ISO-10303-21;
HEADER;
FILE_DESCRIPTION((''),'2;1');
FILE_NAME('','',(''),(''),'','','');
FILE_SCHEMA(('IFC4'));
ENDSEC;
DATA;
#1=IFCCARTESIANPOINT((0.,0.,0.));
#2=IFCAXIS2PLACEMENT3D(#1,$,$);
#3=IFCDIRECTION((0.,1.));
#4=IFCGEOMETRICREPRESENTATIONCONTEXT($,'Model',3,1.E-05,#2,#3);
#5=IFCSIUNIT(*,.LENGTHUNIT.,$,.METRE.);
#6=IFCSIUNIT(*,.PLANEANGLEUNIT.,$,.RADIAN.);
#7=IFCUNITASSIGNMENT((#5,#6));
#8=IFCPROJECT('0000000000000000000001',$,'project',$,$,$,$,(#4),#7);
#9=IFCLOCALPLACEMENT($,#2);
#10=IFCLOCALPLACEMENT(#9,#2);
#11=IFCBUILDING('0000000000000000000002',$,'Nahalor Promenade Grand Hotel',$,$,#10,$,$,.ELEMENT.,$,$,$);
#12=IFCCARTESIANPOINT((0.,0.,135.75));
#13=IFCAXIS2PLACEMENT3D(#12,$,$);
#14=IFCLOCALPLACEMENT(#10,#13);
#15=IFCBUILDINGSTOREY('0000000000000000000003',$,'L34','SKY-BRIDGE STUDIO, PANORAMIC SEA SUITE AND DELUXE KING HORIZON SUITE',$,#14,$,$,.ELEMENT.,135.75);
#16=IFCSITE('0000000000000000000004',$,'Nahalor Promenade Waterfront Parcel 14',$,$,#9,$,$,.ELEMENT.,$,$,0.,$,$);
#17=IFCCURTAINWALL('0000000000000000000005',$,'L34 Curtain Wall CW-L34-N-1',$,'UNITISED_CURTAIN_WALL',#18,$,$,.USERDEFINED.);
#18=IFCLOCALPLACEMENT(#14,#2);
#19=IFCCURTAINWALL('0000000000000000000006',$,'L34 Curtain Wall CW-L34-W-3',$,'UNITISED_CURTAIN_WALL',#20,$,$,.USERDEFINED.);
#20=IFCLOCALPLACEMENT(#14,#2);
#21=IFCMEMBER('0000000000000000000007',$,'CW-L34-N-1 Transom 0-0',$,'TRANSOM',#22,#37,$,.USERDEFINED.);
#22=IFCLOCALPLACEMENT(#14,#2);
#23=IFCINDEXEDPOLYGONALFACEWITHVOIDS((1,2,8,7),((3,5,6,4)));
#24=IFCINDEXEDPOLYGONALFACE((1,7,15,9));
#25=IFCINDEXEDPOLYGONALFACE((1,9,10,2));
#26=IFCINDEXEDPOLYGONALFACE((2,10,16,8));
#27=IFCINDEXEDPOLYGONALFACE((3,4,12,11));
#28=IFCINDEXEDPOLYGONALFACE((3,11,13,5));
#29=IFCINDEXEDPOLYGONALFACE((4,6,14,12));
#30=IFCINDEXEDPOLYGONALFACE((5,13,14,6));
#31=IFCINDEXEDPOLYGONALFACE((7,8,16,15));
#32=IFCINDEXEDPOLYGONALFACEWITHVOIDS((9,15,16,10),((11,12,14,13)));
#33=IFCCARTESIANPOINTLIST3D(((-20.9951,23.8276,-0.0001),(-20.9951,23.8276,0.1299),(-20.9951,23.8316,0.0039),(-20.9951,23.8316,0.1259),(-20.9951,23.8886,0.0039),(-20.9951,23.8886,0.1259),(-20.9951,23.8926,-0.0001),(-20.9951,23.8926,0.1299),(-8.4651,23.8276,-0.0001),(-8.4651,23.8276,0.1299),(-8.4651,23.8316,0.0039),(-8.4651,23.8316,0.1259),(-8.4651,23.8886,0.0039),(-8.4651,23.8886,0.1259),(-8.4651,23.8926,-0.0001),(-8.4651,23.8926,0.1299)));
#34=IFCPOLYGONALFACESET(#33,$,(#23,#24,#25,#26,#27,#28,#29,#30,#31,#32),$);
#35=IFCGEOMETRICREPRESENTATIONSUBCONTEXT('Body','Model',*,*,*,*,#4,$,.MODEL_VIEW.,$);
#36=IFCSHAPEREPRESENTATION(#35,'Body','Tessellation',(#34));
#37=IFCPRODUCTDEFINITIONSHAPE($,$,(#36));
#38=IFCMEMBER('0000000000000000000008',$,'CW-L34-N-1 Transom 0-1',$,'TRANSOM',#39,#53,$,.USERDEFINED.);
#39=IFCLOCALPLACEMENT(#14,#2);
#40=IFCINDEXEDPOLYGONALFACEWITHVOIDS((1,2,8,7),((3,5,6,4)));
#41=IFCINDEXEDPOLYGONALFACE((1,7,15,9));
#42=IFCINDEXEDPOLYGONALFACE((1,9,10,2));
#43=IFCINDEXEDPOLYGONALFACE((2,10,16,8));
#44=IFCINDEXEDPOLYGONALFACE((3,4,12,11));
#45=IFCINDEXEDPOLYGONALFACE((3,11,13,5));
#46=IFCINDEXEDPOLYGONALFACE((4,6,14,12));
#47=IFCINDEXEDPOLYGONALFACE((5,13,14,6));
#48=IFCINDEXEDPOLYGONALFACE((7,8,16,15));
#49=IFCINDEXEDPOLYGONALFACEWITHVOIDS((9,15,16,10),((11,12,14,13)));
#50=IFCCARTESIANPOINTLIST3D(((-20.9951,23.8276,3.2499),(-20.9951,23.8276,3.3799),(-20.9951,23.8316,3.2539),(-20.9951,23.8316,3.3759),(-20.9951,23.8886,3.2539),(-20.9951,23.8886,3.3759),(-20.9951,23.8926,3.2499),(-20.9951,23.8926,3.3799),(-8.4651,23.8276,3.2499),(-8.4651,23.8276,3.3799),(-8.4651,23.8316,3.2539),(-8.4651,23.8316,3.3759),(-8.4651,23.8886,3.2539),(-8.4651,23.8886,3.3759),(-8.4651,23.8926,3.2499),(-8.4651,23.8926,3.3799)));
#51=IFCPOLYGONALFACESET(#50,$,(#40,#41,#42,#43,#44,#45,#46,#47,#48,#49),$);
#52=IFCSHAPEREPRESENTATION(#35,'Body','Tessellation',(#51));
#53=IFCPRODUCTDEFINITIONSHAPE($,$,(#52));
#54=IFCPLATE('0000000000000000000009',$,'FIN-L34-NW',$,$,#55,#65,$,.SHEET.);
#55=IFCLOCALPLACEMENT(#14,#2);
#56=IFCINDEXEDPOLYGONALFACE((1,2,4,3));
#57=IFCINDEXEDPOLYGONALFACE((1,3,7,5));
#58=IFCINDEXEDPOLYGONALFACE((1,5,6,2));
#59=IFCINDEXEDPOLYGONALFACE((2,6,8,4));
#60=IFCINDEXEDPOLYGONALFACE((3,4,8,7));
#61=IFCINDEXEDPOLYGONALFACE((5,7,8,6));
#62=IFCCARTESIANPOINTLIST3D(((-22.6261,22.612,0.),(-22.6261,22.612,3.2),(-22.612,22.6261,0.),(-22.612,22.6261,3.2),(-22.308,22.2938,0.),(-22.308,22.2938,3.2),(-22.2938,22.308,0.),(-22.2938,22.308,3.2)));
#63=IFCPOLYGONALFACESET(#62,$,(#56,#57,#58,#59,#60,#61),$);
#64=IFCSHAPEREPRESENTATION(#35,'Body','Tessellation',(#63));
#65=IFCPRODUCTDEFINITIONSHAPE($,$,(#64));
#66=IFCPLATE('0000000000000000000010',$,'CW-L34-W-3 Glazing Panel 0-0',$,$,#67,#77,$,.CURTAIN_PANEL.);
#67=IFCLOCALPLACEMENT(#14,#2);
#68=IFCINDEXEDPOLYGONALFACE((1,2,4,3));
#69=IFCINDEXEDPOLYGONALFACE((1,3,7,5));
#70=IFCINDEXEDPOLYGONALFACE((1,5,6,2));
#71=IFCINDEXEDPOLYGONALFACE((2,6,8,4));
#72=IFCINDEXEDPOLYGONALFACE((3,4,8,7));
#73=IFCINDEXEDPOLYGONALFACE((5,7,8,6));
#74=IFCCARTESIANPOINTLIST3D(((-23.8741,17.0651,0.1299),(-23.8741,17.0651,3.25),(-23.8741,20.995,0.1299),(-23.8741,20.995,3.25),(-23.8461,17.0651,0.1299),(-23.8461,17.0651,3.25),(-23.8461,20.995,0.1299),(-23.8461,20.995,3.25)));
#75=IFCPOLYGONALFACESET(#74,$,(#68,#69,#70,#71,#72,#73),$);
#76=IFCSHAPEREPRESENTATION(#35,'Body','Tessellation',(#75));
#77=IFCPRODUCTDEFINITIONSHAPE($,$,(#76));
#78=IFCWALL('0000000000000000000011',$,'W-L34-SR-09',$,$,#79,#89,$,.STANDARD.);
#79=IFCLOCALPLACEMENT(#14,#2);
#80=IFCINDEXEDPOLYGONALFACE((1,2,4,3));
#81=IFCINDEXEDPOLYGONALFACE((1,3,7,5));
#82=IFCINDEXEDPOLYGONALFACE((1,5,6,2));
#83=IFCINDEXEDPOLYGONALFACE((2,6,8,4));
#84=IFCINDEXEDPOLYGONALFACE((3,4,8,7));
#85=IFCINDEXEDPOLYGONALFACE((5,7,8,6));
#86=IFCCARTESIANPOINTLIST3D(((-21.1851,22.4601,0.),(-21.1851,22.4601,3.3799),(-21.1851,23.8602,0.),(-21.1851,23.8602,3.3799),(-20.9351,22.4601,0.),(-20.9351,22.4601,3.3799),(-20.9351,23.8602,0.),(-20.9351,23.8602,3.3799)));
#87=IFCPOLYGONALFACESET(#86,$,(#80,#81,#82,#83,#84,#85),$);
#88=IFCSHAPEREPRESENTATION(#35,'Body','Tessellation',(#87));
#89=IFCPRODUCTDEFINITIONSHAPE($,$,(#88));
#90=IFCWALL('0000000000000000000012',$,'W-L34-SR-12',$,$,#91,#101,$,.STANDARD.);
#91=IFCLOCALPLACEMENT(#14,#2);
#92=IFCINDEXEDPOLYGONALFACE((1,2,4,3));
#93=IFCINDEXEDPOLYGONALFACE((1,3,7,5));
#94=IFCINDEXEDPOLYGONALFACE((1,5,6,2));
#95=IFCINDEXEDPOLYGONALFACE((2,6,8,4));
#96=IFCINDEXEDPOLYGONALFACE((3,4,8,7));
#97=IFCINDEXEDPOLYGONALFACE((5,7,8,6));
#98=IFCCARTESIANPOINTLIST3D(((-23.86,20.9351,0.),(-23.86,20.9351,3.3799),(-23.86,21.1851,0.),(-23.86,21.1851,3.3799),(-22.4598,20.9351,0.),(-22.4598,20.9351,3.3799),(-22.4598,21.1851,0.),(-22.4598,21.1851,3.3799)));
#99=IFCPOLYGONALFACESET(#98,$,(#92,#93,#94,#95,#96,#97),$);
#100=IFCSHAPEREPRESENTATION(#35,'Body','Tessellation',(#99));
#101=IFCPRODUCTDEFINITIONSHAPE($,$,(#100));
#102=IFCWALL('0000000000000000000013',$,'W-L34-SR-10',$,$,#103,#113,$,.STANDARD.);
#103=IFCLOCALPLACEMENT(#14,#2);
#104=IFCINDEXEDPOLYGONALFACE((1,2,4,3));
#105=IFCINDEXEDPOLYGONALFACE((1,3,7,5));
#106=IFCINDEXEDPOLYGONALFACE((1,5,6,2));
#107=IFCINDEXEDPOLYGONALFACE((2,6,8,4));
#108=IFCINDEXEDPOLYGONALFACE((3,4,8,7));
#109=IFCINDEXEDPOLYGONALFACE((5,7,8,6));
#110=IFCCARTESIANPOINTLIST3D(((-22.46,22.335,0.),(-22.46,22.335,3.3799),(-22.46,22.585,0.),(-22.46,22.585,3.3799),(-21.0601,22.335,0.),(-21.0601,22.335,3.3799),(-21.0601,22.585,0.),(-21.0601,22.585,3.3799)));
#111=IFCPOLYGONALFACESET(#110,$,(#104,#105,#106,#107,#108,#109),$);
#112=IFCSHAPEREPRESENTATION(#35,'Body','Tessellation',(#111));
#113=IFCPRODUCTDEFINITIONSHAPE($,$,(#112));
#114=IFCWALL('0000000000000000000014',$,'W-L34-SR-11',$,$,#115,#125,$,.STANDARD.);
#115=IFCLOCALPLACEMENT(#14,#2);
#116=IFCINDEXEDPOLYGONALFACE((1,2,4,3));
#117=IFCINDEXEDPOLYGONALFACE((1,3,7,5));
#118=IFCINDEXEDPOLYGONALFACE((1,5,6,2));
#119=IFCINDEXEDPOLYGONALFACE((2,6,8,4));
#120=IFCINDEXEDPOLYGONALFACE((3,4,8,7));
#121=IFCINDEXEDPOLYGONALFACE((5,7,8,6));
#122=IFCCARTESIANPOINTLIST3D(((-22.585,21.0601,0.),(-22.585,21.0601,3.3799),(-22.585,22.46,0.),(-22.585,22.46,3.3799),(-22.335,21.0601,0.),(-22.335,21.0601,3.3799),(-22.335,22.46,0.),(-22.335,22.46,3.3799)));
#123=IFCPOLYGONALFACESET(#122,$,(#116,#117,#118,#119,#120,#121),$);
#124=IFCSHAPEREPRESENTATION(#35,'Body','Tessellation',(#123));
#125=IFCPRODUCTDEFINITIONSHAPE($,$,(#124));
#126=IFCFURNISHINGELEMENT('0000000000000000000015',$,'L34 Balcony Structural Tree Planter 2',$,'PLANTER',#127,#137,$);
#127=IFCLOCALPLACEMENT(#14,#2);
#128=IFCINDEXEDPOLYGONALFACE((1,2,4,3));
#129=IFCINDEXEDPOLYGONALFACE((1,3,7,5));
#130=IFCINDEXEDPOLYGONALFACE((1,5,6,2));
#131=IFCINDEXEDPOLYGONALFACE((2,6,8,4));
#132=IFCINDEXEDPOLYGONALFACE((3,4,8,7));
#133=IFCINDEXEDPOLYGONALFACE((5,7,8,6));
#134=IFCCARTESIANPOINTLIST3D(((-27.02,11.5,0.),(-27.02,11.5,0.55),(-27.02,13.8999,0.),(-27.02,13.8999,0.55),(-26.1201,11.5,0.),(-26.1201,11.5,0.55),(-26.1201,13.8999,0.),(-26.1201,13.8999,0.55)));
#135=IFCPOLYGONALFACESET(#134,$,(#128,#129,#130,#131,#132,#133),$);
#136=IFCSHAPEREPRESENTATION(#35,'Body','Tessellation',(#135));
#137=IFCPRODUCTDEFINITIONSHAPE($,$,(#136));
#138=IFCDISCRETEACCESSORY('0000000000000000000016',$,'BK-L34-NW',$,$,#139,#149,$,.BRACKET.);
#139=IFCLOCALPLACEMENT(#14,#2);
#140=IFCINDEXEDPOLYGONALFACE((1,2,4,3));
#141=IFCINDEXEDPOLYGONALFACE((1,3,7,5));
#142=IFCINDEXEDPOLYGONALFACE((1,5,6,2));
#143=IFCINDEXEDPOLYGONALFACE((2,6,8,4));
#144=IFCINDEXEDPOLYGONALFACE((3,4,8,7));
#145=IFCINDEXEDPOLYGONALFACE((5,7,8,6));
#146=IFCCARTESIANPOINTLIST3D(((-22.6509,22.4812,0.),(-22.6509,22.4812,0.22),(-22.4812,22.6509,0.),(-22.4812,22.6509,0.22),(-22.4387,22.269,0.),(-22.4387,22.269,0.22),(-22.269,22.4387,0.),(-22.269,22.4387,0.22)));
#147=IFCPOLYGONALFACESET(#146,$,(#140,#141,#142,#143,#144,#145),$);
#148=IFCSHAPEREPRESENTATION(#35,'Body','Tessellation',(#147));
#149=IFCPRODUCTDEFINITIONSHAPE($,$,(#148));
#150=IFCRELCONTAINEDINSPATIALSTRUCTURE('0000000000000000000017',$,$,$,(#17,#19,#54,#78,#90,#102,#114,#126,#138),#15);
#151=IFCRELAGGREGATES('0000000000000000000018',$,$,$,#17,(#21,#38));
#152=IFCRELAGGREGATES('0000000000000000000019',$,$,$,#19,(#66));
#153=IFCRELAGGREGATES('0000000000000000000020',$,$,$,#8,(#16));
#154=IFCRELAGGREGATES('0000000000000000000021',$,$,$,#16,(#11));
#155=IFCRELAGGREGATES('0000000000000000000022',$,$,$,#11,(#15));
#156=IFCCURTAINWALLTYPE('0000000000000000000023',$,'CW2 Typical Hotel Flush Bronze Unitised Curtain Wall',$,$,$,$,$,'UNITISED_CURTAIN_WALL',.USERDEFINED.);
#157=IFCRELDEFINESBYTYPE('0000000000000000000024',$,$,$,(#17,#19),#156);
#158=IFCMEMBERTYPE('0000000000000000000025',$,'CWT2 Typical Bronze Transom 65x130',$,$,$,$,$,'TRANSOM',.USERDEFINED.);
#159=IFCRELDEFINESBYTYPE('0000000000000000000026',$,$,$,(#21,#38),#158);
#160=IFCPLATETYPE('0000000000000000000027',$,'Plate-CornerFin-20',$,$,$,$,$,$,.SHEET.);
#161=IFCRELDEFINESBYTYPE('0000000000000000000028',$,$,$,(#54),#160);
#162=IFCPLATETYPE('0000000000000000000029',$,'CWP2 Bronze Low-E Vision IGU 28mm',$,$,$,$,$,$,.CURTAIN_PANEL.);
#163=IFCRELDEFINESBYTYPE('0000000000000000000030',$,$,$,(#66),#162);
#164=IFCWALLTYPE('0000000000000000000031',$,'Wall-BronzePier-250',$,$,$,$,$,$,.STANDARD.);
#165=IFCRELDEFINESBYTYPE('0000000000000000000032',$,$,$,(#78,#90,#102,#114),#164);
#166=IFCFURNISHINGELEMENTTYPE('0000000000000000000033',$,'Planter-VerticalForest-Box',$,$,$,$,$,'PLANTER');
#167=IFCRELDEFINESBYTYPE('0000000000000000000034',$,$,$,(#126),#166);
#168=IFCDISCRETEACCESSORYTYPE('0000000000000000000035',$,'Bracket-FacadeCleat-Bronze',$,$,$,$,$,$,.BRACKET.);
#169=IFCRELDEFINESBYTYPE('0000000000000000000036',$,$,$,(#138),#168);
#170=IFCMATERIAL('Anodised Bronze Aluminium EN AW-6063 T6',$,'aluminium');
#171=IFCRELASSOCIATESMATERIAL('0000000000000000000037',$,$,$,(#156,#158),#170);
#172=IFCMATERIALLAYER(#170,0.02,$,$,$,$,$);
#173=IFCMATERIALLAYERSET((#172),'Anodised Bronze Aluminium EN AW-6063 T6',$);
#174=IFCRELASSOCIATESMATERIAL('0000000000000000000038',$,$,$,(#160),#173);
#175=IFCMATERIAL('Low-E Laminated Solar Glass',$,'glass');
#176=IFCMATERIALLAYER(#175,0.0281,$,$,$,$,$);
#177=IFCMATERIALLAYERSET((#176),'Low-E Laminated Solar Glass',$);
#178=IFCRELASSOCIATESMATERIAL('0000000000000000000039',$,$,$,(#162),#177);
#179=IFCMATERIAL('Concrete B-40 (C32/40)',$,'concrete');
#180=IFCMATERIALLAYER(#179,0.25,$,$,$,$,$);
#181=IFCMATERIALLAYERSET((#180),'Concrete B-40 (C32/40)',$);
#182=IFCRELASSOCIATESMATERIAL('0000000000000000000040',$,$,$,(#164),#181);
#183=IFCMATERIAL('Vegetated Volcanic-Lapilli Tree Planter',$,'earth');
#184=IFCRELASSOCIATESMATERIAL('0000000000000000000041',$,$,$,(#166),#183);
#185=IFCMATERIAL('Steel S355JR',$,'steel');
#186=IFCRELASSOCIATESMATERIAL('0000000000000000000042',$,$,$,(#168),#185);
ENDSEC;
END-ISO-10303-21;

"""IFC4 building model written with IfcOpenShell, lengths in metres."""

from ifc_helpers import new_model, si_unit, direction, frame, frame_2d, origin, origin_2d, place, context, subcontext, project, spatial, rectangle, hollow_rectangle, extrude, source, transform, mapped, material, layer, layer_set, material_profile, profile_set, type_object, element, aggregate, save


model = new_model("IFC4")

# Units and contexts
model_context = context("Model", 3, precision=1e-05, world=origin(), true_north=direction((0.0, 1.0)))
body_context = subcontext(model_context, "Body", "Model", "MODEL_VIEW")
ifc_project = project(units=[si_unit("LENGTHUNIT", "METRE"), si_unit("PLANEANGLEUNIT", "RADIAN")], contexts=[model_context])

# Site, building, storey
site_placement = place(None, origin())
site = spatial("IfcSite", under=ifc_project, at=site_placement, Name="Nahalor Promenade Waterfront Parcel 14", CompositionType="ELEMENT", RefElevation=0.0)
building_placement = place(site_placement, origin())
building = spatial("IfcBuilding", under=site, at=building_placement, Name="Nahalor Promenade Grand Hotel", CompositionType="ELEMENT")
storey_placement = place(building_placement, frame((0.0, 0.0, 135.75)))
storey = spatial("IfcBuildingStorey", under=building, at=storey_placement, Name="L34", Description="SKY-BRIDGE STUDIO, PANORAMIC SEA SUITE AND DELUXE KING HORIZON SUITE", CompositionType="ELEMENT", Elevation=135.75)

# Shared definitions
ifc_material_1 = material(Name="Steel S355JR", Category="steel")

# Curtain wall
ifc_material_2 = material(Name="Anodised Bronze Aluminium EN AW-6063 T6", Category="aluminium")
curtain_wall_type = type_object("IfcCurtainWallType", Name="CW2 Typical Hotel Flush Bronze Unitised Curtain Wall", ElementType="UNITISED_CURTAIN_WALL", PredefinedType="USERDEFINED", material=ifc_material_2)
curtain_wall_1_placement = place(storey_placement, origin())
curtain_wall_1 = element("IfcCurtainWall", 1, at=curtain_wall_1_placement, inside=storey, type_object=curtain_wall_type, Name="L34 Curtain Wall CW-L34-N-1", ObjectType="UNITISED_CURTAIN_WALL", PredefinedType="USERDEFINED")

# Curtain wall
curtain_wall_2_placement = place(storey_placement, origin())
curtain_wall_2 = element("IfcCurtainWall", 2, at=curtain_wall_2_placement, inside=storey, type_object=curtain_wall_type, Name="L34 Curtain Wall CW-L34-W-3", ObjectType="UNITISED_CURTAIN_WALL", PredefinedType="USERDEFINED")
ifc_material_profile_1 = material_profile(ifc_material_2, hollow_rectangle(XDim=0.065, YDim=0.13, WallThickness=0.004, at=origin_2d()), Name="CWT 65x130x4")
ifc_profile_set_1 = profile_set([ifc_material_profile_1], Name="Anodised Bronze Aluminium EN AW-6063 T6")
member_type_1 = type_object("IfcMemberType", Name="CWT2 Typical Bronze Transom 65x130", ElementType="TRANSOM", PredefinedType="USERDEFINED", material=ifc_profile_set_1)

# Members
shared_shape_1 = source(origin(), body_context, "Body", "SweptSolid", [
    extrude(hollow_rectangle(XDim=0.065, YDim=0.13, WallThickness=0.004, at=origin_2d()), origin(), (0.0, 0.0, 1.0), 12.53),
])
member_1_placement = place(storey_placement, frame((-20.9951, 23.8601, 0.0649), z_axis=(1.0, 0.0, 0.0), x_axis=(0.0, 1.0, 0.0)))
member_1 = element("IfcMember", 3, at=member_1_placement, type_object=member_type_1, Name="CW-L34-N-1 Transom 0-0", ObjectType="TRANSOM", PredefinedType="USERDEFINED", context=body_context, shape_type="MappedRepresentation", body=[
    mapped(shared_shape_1, transform((0.0, 0.0, 0.0), scale=1.0)),
])
member_2_placement = place(storey_placement, frame((-20.9951, 23.8601, 3.3149), z_axis=(1.0, 0.0, 0.0), x_axis=(0.0, 1.0, 0.0)))
member_2 = element("IfcMember", 4, at=member_2_placement, type_object=member_type_1, Name="CW-L34-N-1 Transom 0-1", ObjectType="TRANSOM", PredefinedType="USERDEFINED", context=body_context, shape_type="MappedRepresentation", body=[
    mapped(shared_shape_1, transform((0.0, 0.0, 0.0), scale=1.0)),
])
aggregate(curtain_wall_1, [member_1, member_2])

# Plates
ifc_layer_1 = layer(ifc_material_2, 0.02)
ifc_layer_set_1 = layer_set([ifc_layer_1], Name="Anodised Bronze Aluminium EN AW-6063 T6")
plate_type_1 = type_object("IfcPlateType", Name="Plate-CornerFin-20", PredefinedType="SHEET", material=ifc_layer_set_1)
shared_shape_2 = source(origin(), body_context, "Body", "SweptSolid", [
    extrude(rectangle(XDim=0.45, YDim=0.02, at=origin_2d()), origin(), (0.0, 0.0, 1.0), 3.2),
])
plate_1_placement = place(storey_placement, frame((-22.46, 22.46, 0.0), z_axis=(0.0, 0.0, 1.0), x_axis=(-0.707107, 0.707107, 0.0)))
element("IfcPlate", 5, at=plate_1_placement, inside=storey, type_object=plate_type_1, Name="FIN-L34-NW", PredefinedType="SHEET", context=body_context, shape_type="MappedRepresentation", body=[
    mapped(shared_shape_2, transform((0.0, 0.0, 0.0), scale=1.0)),
])
ifc_material_3 = material(Name="Low-E Laminated Solar Glass", Category="glass")
ifc_layer_2 = layer(ifc_material_3, 0.0281)
ifc_layer_set_2 = layer_set([ifc_layer_2], Name="Low-E Laminated Solar Glass")
plate_type_2 = type_object("IfcPlateType", Name="CWP2 Bronze Low-E Vision IGU 28mm", PredefinedType="CURTAIN_PANEL", material=ifc_layer_set_2)
shared_shape_3 = source(origin(), body_context, "Body", "SweptSolid", [
    extrude(rectangle(XDim=3.9299, YDim=0.0281, at=origin_2d()), origin(), (0.0, 0.0, 1.0), 3.1201),
])
plate_2_placement = place(storey_placement, frame((-23.8601, 19.03, 0.1299), z_axis=(0.0, 0.0, 1.0), x_axis=(0.0, 1.0, 0.0)))
plate_2 = element("IfcPlate", 6, at=plate_2_placement, type_object=plate_type_2, Name="CW-L34-W-3 Glazing Panel 0-0", PredefinedType="CURTAIN_PANEL", context=body_context, shape_type="MappedRepresentation", body=[
    mapped(shared_shape_3, transform((0.0, 0.0, 0.0), scale=1.0)),
])
aggregate(curtain_wall_2, [plate_2])

# Walls
ifc_material_4 = material(Name="Concrete B-40 (C32/40)", Category="concrete")
ifc_layer_3 = layer(ifc_material_4, 0.25)
ifc_layer_set_3 = layer_set([ifc_layer_3], Name="Concrete B-40 (C32/40)")
wall_type = type_object("IfcWallType", Name="Wall-BronzePier-250", PredefinedType="STANDARD", material=ifc_layer_set_3)
shared_shape_4 = source(origin(), body_context, "Body", "SweptSolid", [
    extrude(rectangle(XDim=1.4001, YDim=0.25, at=frame_2d((0.7002, 0.0))), origin(), (0.0, 0.0, 1.0), 3.3799),
])
for number, where, z_axis, x_axis, name in (
    (7, (-21.0601, 22.46, 0.0), (0.0, 0.0, 1.0), (0.0, 1.0, 0.0), "W-L34-SR-09"),
    (8, (-23.8601, 21.0601, 0.0), (0.0, 0.0, 1.0), (1.0, 0.0, 0.0), "W-L34-SR-12"),
):
    element("IfcWall", number, at=place(storey_placement, frame(where, z_axis=z_axis, x_axis=x_axis)), inside=storey, type_object=wall_type, Name=name, PredefinedType="STANDARD", context=body_context, shape_type="MappedRepresentation", body=[
        mapped(shared_shape_4, transform((0.0, 0.0, 0.0), scale=1.0)),
    ])
shared_shape_5 = source(origin(), body_context, "Body", "SweptSolid", [
    extrude(rectangle(XDim=1.3999, YDim=0.25, at=frame_2d((0.7, 0.0))), origin(), (0.0, 0.0, 1.0), 3.3799),
])
for number, where, z_axis, x_axis, name in (
    (9, (-22.46, 22.46, 0.0), (0.0, 0.0, 1.0), (1.0, 0.0, 0.0), "W-L34-SR-10"),
    (10, (-22.46, 21.0601, 0.0), (0.0, 0.0, 1.0), (0.0, 1.0, 0.0), "W-L34-SR-11"),
):
    element("IfcWall", number, at=place(storey_placement, frame(where, z_axis=z_axis, x_axis=x_axis)), inside=storey, type_object=wall_type, Name=name, PredefinedType="STANDARD", context=body_context, shape_type="MappedRepresentation", body=[
        mapped(shared_shape_5, transform((0.0, 0.0, 0.0), scale=1.0)),
    ])

# Furnishing element
ifc_material_5 = material(Name="Vegetated Volcanic-Lapilli Tree Planter", Category="earth")
furnishing_element_type = type_object("IfcFurnishingElementType", Name="Planter-VerticalForest-Box", ElementType="PLANTER", material=ifc_material_5)
shared_shape_6 = source(origin(), body_context, "Body", "SweptSolid", [
    extrude(rectangle(XDim=2.3999, YDim=0.8999, at=origin_2d()), origin(), (0.0, 0.0, 1.0), 0.55),
])
furnishing_placement = place(storey_placement, frame((-26.5701, 12.7, 0.0), z_axis=(0.0, 0.0, 1.0), x_axis=(0.0, 1.0, 0.0)))
element("IfcFurnishingElement", 11, at=furnishing_placement, inside=storey, type_object=furnishing_element_type, Name="L34 Balcony Structural Tree Planter 2", ObjectType="PLANTER", context=body_context, shape_type="MappedRepresentation", body=[
    mapped(shared_shape_6, transform((0.0, 0.0, 0.0), scale=1.0)),
])

# Discrete accessory
discrete_accessory_type = type_object("IfcDiscreteAccessoryType", Name="Bracket-FacadeCleat-Bronze", PredefinedType="BRACKET", material=ifc_material_1)
shared_shape_7 = source(origin(), body_context, "Body", "SweptSolid", [
    extrude(rectangle(XDim=0.3, YDim=0.24, at=origin_2d()), origin(), (0.0, 0.0, 1.0), 0.22),
])
discrete_accessory_placement = place(storey_placement, frame((-22.46, 22.46, 0.0), z_axis=(0.0, 0.0, 1.0), x_axis=(-0.707107, 0.707107, 0.0)))
element("IfcDiscreteAccessory", 12, at=discrete_accessory_placement, inside=storey, type_object=discrete_accessory_type, Name="BK-L34-NW", PredefinedType="BRACKET", context=body_context, shape_type="MappedRepresentation", body=[
    mapped(shared_shape_7, transform((0.0, 0.0, 0.0), scale=1.0)),
])

save(model, "model.ifc")
